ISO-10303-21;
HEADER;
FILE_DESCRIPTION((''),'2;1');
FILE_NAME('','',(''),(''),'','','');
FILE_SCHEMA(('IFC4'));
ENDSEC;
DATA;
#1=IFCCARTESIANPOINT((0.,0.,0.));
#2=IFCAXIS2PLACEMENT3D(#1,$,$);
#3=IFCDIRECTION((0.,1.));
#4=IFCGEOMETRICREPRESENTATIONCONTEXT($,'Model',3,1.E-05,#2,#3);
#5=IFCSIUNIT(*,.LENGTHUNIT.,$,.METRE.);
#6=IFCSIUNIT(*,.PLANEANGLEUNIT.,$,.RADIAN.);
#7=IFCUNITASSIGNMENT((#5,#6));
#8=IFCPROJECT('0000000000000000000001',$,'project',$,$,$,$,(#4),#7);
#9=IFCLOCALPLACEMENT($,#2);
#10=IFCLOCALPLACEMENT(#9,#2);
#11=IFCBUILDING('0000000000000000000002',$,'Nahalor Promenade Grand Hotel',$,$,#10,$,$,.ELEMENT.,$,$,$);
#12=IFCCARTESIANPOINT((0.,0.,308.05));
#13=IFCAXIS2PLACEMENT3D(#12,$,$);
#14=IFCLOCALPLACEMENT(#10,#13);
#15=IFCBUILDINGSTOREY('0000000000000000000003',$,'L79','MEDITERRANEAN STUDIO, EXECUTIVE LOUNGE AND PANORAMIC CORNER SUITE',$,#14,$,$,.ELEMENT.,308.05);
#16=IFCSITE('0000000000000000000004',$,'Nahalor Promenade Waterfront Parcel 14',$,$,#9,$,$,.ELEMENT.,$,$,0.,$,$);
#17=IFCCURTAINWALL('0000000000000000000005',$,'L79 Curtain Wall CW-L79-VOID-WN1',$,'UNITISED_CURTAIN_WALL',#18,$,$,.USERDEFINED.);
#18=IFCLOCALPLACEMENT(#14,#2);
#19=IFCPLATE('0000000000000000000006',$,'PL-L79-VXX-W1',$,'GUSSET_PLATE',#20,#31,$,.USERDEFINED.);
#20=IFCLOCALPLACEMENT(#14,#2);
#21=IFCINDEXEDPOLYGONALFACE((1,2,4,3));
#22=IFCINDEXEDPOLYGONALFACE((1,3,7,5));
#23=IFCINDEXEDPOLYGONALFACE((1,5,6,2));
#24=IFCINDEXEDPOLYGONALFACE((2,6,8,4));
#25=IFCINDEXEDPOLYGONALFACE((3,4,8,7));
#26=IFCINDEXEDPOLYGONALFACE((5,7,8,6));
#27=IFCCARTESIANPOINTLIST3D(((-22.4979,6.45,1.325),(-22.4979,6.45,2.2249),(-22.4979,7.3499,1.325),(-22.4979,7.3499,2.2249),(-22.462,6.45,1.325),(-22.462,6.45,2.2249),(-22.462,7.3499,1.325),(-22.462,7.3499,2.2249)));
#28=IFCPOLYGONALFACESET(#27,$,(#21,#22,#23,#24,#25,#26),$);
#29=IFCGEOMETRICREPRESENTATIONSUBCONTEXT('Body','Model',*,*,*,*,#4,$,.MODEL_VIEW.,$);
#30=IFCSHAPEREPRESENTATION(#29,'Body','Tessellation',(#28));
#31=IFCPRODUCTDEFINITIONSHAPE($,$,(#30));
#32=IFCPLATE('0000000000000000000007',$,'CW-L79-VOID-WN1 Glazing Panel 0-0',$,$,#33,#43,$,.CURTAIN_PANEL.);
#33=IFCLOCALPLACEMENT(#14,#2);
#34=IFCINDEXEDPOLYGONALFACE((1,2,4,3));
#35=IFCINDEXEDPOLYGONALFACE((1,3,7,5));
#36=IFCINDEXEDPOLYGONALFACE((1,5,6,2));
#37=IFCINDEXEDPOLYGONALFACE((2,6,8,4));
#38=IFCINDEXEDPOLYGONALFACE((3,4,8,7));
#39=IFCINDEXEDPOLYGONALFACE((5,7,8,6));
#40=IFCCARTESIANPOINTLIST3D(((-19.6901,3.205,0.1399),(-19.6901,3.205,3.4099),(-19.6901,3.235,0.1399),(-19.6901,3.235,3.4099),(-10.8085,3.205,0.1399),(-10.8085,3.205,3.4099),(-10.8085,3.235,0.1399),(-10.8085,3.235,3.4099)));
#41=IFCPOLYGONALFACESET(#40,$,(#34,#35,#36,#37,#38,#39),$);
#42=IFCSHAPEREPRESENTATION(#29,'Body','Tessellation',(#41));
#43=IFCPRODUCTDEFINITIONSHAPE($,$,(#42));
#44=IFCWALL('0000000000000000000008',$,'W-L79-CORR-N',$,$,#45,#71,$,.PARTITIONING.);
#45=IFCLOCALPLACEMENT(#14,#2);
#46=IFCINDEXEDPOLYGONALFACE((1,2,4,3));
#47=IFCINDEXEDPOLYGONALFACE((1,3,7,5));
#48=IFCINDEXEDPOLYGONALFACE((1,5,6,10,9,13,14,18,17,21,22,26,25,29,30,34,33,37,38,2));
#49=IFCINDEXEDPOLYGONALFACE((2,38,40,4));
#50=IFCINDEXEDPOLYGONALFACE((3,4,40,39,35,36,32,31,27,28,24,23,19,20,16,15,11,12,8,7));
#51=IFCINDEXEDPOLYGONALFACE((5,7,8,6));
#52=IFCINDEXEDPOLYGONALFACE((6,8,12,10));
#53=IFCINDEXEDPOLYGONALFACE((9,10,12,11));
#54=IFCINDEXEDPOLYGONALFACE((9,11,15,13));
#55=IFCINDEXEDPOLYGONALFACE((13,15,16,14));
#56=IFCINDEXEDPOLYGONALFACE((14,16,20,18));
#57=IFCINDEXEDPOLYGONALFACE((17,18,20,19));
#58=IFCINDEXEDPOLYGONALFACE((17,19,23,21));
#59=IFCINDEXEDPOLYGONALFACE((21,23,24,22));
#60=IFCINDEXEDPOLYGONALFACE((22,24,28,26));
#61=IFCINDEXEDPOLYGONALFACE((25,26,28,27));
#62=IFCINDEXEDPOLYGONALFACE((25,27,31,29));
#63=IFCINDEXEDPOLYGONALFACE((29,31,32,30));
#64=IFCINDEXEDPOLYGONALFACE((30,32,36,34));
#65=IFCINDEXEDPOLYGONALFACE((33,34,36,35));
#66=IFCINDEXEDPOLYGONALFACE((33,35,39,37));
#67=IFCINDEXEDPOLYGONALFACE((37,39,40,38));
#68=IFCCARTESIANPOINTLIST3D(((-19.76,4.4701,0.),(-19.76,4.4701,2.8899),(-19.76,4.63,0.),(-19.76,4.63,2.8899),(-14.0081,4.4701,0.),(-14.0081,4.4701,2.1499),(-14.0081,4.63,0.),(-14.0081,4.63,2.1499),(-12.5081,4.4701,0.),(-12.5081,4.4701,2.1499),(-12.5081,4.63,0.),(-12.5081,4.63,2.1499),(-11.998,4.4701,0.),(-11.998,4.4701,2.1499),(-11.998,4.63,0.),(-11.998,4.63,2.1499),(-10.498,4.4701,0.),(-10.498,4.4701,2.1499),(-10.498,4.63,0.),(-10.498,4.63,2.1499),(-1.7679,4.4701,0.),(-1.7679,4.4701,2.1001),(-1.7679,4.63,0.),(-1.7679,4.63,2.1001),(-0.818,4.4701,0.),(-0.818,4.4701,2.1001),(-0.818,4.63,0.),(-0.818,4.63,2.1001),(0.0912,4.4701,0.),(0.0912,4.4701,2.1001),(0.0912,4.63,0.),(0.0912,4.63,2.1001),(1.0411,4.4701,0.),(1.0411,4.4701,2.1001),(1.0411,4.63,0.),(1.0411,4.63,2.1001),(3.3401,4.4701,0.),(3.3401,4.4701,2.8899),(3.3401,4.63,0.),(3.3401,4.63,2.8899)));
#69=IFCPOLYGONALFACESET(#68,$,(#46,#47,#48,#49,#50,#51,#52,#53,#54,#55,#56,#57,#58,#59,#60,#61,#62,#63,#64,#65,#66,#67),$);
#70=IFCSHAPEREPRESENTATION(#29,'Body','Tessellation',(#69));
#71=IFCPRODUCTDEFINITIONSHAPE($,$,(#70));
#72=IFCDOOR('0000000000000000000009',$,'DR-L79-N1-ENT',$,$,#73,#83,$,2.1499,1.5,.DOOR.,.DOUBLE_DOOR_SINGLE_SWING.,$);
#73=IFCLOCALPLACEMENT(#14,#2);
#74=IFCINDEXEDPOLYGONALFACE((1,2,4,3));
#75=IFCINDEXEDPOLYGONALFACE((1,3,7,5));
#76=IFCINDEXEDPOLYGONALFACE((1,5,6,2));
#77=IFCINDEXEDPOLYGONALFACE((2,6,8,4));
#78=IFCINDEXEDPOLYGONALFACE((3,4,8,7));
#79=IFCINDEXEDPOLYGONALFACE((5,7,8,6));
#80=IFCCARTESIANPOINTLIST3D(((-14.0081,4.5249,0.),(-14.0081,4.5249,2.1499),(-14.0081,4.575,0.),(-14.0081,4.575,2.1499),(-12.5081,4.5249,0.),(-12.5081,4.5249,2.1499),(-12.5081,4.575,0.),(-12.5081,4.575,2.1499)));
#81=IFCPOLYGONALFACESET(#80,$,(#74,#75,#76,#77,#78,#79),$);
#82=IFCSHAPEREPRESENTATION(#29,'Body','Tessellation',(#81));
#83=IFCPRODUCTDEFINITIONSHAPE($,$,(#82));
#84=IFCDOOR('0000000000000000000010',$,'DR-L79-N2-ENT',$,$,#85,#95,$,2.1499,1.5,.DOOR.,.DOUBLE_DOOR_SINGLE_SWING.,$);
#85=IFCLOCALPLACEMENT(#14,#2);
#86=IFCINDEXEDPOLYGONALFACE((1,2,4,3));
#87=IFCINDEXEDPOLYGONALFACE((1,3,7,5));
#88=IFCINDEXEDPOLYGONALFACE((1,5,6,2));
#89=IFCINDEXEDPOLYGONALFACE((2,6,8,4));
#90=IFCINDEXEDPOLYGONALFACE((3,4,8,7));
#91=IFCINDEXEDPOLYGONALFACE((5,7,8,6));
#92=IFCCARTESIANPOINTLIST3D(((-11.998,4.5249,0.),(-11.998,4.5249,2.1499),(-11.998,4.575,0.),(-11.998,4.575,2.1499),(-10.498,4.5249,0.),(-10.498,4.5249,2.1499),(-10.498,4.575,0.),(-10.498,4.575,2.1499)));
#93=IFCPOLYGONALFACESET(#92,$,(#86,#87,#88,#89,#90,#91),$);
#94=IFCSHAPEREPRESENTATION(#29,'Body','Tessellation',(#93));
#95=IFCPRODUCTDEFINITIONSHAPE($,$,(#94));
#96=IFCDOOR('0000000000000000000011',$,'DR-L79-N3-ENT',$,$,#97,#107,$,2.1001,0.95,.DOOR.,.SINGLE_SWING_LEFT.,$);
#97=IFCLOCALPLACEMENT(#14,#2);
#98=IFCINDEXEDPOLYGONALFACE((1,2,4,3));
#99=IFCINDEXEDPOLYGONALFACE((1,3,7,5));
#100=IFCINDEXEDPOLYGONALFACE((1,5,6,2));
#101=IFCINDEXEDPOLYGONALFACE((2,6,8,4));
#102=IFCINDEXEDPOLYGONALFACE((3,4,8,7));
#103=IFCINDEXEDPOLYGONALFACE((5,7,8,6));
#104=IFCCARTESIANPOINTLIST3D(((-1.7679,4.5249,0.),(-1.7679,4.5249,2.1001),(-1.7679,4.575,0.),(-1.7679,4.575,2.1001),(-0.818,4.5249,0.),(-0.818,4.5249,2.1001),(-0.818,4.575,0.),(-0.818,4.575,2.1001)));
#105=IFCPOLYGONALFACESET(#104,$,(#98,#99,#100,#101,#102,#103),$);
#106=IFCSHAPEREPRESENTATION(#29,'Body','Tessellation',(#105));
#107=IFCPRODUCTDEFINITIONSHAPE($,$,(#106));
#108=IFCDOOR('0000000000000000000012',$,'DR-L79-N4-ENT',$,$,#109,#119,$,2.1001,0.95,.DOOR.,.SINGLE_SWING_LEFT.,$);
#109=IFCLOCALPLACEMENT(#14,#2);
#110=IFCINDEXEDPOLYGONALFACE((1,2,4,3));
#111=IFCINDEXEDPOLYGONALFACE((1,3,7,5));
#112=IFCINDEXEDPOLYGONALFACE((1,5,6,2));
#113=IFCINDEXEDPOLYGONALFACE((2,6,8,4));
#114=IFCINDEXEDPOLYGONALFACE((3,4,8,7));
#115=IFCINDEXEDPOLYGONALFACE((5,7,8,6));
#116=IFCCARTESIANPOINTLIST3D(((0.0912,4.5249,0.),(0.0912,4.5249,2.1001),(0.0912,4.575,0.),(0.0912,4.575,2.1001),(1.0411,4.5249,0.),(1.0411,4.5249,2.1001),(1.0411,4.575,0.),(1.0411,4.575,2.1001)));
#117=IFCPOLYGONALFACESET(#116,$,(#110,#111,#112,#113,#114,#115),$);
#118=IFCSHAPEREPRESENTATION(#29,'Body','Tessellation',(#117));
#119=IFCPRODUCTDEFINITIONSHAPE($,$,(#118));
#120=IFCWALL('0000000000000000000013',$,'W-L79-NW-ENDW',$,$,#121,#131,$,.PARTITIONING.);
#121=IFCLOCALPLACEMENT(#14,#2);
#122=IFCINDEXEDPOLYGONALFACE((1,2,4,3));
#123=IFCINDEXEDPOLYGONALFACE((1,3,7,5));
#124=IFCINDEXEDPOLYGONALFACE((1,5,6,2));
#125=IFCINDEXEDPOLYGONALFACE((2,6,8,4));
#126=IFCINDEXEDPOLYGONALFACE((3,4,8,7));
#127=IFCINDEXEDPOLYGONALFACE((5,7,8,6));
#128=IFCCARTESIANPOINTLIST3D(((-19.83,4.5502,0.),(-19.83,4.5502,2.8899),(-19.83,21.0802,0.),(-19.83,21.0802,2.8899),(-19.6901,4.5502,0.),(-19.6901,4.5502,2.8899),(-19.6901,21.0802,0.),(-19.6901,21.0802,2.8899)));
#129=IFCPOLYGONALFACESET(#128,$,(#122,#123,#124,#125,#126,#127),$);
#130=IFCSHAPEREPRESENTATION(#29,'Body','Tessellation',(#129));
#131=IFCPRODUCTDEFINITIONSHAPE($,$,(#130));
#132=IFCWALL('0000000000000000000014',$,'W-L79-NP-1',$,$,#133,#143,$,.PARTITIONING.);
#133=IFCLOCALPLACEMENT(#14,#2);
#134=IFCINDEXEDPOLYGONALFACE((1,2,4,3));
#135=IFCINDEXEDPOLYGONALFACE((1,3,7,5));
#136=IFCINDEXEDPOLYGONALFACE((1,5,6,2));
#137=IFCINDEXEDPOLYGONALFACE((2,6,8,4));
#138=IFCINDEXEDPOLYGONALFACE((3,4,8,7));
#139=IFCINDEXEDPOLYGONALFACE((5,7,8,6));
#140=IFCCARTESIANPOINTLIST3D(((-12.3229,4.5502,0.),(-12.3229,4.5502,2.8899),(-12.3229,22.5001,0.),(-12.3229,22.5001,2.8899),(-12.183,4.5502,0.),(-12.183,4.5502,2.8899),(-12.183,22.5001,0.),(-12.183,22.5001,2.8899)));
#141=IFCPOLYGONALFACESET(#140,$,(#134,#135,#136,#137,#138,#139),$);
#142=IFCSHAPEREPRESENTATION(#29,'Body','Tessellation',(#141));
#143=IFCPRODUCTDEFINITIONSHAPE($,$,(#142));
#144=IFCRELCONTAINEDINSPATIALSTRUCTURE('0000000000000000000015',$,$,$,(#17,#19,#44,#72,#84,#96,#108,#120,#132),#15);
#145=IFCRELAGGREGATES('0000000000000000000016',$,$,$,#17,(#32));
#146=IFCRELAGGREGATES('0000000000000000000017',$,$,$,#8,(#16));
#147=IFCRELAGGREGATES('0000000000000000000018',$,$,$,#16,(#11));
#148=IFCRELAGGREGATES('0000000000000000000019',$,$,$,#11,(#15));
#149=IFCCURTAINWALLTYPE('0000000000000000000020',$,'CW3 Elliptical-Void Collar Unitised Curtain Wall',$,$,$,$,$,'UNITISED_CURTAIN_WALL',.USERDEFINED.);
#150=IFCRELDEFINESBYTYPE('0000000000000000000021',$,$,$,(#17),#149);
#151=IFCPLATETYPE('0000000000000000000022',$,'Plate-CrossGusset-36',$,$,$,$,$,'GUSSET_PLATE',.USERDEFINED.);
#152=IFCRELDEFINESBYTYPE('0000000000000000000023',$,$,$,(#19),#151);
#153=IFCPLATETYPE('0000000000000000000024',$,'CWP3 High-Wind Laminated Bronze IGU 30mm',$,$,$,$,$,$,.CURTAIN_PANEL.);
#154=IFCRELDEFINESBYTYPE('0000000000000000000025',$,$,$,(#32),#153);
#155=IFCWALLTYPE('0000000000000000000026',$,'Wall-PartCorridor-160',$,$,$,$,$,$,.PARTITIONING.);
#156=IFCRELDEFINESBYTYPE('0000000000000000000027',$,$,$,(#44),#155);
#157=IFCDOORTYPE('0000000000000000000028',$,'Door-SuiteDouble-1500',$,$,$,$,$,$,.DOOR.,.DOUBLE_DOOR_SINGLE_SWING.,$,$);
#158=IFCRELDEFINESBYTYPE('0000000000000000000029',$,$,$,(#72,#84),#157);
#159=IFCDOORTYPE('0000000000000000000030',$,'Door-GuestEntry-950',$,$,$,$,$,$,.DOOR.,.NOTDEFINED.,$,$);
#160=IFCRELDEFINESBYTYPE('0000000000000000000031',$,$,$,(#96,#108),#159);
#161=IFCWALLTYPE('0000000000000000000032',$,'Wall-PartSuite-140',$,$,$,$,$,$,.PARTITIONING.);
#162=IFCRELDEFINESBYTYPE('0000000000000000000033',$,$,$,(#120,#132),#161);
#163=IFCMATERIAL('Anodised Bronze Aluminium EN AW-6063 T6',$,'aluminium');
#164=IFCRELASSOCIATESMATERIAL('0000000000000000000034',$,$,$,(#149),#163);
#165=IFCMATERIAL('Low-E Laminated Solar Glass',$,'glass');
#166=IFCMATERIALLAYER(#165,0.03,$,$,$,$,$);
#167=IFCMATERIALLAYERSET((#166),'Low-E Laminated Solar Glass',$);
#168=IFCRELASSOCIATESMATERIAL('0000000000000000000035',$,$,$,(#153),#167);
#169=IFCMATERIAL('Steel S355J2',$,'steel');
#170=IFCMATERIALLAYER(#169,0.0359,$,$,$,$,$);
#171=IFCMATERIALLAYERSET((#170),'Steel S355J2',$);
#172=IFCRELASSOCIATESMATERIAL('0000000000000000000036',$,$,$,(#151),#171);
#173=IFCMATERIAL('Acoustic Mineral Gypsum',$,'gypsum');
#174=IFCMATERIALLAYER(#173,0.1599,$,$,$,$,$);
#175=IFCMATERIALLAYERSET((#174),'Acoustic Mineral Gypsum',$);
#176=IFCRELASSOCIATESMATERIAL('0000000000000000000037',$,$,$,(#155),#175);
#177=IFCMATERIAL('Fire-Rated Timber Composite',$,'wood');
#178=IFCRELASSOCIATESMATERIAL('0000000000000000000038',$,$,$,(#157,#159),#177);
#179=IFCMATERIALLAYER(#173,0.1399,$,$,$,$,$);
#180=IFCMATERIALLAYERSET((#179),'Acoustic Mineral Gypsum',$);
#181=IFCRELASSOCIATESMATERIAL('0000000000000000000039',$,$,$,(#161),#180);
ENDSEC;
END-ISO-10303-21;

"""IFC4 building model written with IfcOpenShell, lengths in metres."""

from ifc_helpers import new_model, si_unit, direction, frame, frame_2d, origin, origin_2d, place, context, subcontext, project, spatial, rectangle, extrude, source, transform, mapped, material, layer, layer_set, type_object, element, fill, aggregate, save


model = new_model("IFC4")

# Units and contexts
model_context = context("Model", 3, precision=1e-05, world=origin(), true_north=direction((0.0, 1.0)))
body_context = subcontext(model_context, "Body", "Model", "MODEL_VIEW")
ifc_project = project(units=[si_unit("LENGTHUNIT", "METRE"), si_unit("PLANEANGLEUNIT", "RADIAN")], contexts=[model_context])

# Site, building, storey
site_placement = place(None, origin())
site = spatial("IfcSite", under=ifc_project, at=site_placement, Name="Nahalor Promenade Waterfront Parcel 14", CompositionType="ELEMENT", RefElevation=0.0)
building_placement = place(site_placement, origin())
building = spatial("IfcBuilding", under=site, at=building_placement, Name="Nahalor Promenade Grand Hotel", CompositionType="ELEMENT")
storey_placement = place(building_placement, frame((0.0, 0.0, 308.05)))
storey = spatial("IfcBuildingStorey", under=building, at=storey_placement, Name="L79", Description="MEDITERRANEAN STUDIO, EXECUTIVE LOUNGE AND PANORAMIC CORNER SUITE", CompositionType="ELEMENT", Elevation=308.05)

# Curtain wall
ifc_material_1 = material(Name="Anodised Bronze Aluminium EN AW-6063 T6", Category="aluminium")
curtain_wall_type = type_object("IfcCurtainWallType", Name="CW3 Elliptical-Void Collar Unitised Curtain Wall", ElementType="UNITISED_CURTAIN_WALL", PredefinedType="USERDEFINED", material=ifc_material_1)
curtain_wall_1_placement = place(storey_placement, origin())
curtain_wall_1 = element("IfcCurtainWall", 1, at=curtain_wall_1_placement, inside=storey, type_object=curtain_wall_type, Name="L79 Curtain Wall CW-L79-VOID-WN1", ObjectType="UNITISED_CURTAIN_WALL", PredefinedType="USERDEFINED")

# Plates
ifc_material_2 = material(Name="Low-E Laminated Solar Glass", Category="glass")
ifc_layer_1 = layer(ifc_material_2, 0.03)
ifc_layer_set_1 = layer_set([ifc_layer_1], Name="Low-E Laminated Solar Glass")
plate_type_1 = type_object("IfcPlateType", Name="CWP3 High-Wind Laminated Bronze IGU 30mm", PredefinedType="CURTAIN_PANEL", material=ifc_layer_set_1)
ifc_material_3 = material(Name="Steel S355J2", Category="steel")
ifc_layer_2 = layer(ifc_material_3, 0.0359)
ifc_layer_set_2 = layer_set([ifc_layer_2], Name="Steel S355J2")
plate_type_2 = type_object("IfcPlateType", Name="Plate-CrossGusset-36", ElementType="GUSSET_PLATE", PredefinedType="USERDEFINED", material=ifc_layer_set_2)
shared_shape_1 = source(origin(), body_context, "Body", "SweptSolid", [
    extrude(rectangle(XDim=0.8999, YDim=0.0359, at=origin_2d()), origin(), (0.0, 0.0, 1.0), 0.8999),
])
plate_1_placement = place(storey_placement, frame((-22.48, 6.8999, 1.325), z_axis=(0.0, 0.0, 1.0), x_axis=(0.0, 1.0, 0.0)))
element("IfcPlate", 2, at=plate_1_placement, inside=storey, type_object=plate_type_2, Name="PL-L79-VXX-W1", ObjectType="GUSSET_PLATE", PredefinedType="USERDEFINED", context=body_context, shape_type="MappedRepresentation", body=[
    mapped(shared_shape_1, transform((0.0, 0.0, 0.0), scale=1.0)),
])
shared_shape_2 = source(origin(), body_context, "Body", "SweptSolid", [
    extrude(rectangle(XDim=8.8816, YDim=0.03, at=origin_2d()), origin(), (0.0, 0.0, 1.0), 3.27),
])
plate_2_placement = place(storey_placement, frame((-15.2493, 3.22, 0.1399), z_axis=(0.0, 0.0, 1.0), x_axis=(1.0, 0.0, 0.0)))
plate_2 = element("IfcPlate", 3, at=plate_2_placement, type_object=plate_type_1, Name="CW-L79-VOID-WN1 Glazing Panel 0-0", PredefinedType="CURTAIN_PANEL", context=body_context, shape_type="MappedRepresentation", body=[
    mapped(shared_shape_2, transform((0.0, 0.0, 0.0), scale=1.0)),
])
aggregate(curtain_wall_1, [plate_2])

# Wall, openings, doors
ifc_material_4 = material(Name="Acoustic Mineral Gypsum", Category="gypsum")
ifc_layer_3 = layer(ifc_material_4, 0.1599)
ifc_layer_set_3 = layer_set([ifc_layer_3], Name="Acoustic Mineral Gypsum")
wall_type_1 = type_object("IfcWallType", Name="Wall-PartCorridor-160", PredefinedType="PARTITIONING", material=ifc_layer_set_3)
shared_shape_3 = source(origin(), body_context, "Body", "SweptSolid", [
    extrude(rectangle(XDim=23.1001, YDim=0.1599, at=frame_2d((11.55, 0.0))), origin(), (0.0, 0.0, 1.0), 2.8899),
])
wall_1_placement = place(storey_placement, frame((-19.76, 4.55, 0.0), z_axis=(0.0, 0.0, 1.0), x_axis=(1.0, 0.0, 0.0)))
wall_1 = element("IfcWall", 4, at=wall_1_placement, inside=storey, type_object=wall_type_1, Name="W-L79-CORR-N", PredefinedType="PARTITIONING", context=body_context, shape_type="MappedRepresentation", body=[
    mapped(shared_shape_3, transform((0.0, 0.0, 0.0), scale=1.0)),
])
opening_1_placement = place(wall_1_placement, frame((5.752, 0.0, 0.0)))
opening_1 = element("IfcOpeningElement", 5, at=opening_1_placement, cuts=wall_1, PredefinedType="OPENING", context=body_context, shape_type="SweptSolid", body=[
    extrude(rectangle(XDim=1.5, YDim=2.1499, at=frame_2d((0.75, 1.075))), frame((0.0, 0.0898, 0.0), z_axis=(0.0, -1.0, 0.0), x_axis=(1.0, 0.0, 0.0)), (0.0, 0.0, 1.0), 0.1799),
])
opening_2_placement = place(wall_1_placement, frame((7.762, 0.0, 0.0)))
opening_2 = element("IfcOpeningElement", 6, at=opening_2_placement, cuts=wall_1, PredefinedType="OPENING", context=body_context, shape_type="SweptSolid", body=[
    extrude(rectangle(XDim=1.5, YDim=2.1499, at=frame_2d((0.75, 1.075))), frame((0.0, 0.0898, 0.0), z_axis=(0.0, -1.0, 0.0), x_axis=(1.0, 0.0, 0.0)), (0.0, 0.0, 1.0), 0.1799),
])
opening_3_placement = place(wall_1_placement, frame((17.9919, 0.0, 0.0)))
opening_3 = element("IfcOpeningElement", 7, at=opening_3_placement, cuts=wall_1, PredefinedType="OPENING", context=body_context, shape_type="SweptSolid", body=[
    extrude(rectangle(XDim=0.95, YDim=2.1001, at=frame_2d((0.4751, 1.05))), frame((0.0, 0.0898, 0.0), z_axis=(0.0, -1.0, 0.0), x_axis=(1.0, 0.0, 0.0)), (0.0, 0.0, 1.0), 0.1799),
])
opening_4_placement = place(wall_1_placement, frame((19.8511, 0.0, 0.0)))
opening_4 = element("IfcOpeningElement", 8, at=opening_4_placement, cuts=wall_1, PredefinedType="OPENING", context=body_context, shape_type="SweptSolid", body=[
    extrude(rectangle(XDim=0.95, YDim=2.1001, at=frame_2d((0.4751, 1.05))), frame((0.0, 0.0898, 0.0), z_axis=(0.0, -1.0, 0.0), x_axis=(1.0, 0.0, 0.0)), (0.0, 0.0, 1.0), 0.1799),
])
ifc_material_5 = material(Name="Fire-Rated Timber Composite", Category="wood")
door_type_1 = type_object("IfcDoorType", Name="Door-SuiteDouble-1500", OperationType="DOUBLE_DOOR_SINGLE_SWING", PredefinedType="DOOR", material=ifc_material_5)
shared_shape_4 = source(origin(), body_context, "Body", "SweptSolid", [
    extrude(rectangle(XDim=1.5, YDim=2.1499, at=frame_2d((0.75, 1.075))), frame((0.0, 0.0249, 0.0), z_axis=(0.0, -1.0, 0.0), x_axis=(1.0, 0.0, 0.0)), (0.0, 0.0, 1.0), 0.05),
])
door_1_placement = place(opening_1_placement, origin())
door_1 = element("IfcDoor", 9, at=door_1_placement, inside=storey, type_object=door_type_1, Name="DR-L79-N1-ENT", OperationType="DOUBLE_DOOR_SINGLE_SWING", OverallHeight=2.1499, OverallWidth=1.5, PredefinedType="DOOR", context=body_context, shape_type="MappedRepresentation", body=[
    mapped(shared_shape_4, transform((0.0, 0.0, 0.0), scale=1.0)),
])
fill(opening_1, door_1)
door_2_placement = place(opening_2_placement, origin())
door_2 = element("IfcDoor", 10, at=door_2_placement, inside=storey, type_object=door_type_1, Name="DR-L79-N2-ENT", OperationType="DOUBLE_DOOR_SINGLE_SWING", OverallHeight=2.1499, OverallWidth=1.5, PredefinedType="DOOR", context=body_context, shape_type="MappedRepresentation", body=[
    mapped(shared_shape_4, transform((0.0, 0.0, 0.0), scale=1.0)),
])
fill(opening_2, door_2)
door_type_2 = type_object("IfcDoorType", Name="Door-GuestEntry-950", OperationType="NOTDEFINED", PredefinedType="DOOR", material=ifc_material_5)
shared_shape_5 = source(origin(), body_context, "Body", "SweptSolid", [
    extrude(rectangle(XDim=0.95, YDim=2.1001, at=frame_2d((0.4751, 1.05))), frame((0.0, 0.0249, 0.0), z_axis=(0.0, -1.0, 0.0), x_axis=(1.0, 0.0, 0.0)), (0.0, 0.0, 1.0), 0.05),
])
door_3_placement = place(opening_3_placement, origin())
door_3 = element("IfcDoor", 11, at=door_3_placement, inside=storey, type_object=door_type_2, Name="DR-L79-N3-ENT", OperationType="SINGLE_SWING_LEFT", OverallHeight=2.1001, OverallWidth=0.95, PredefinedType="DOOR", context=body_context, shape_type="MappedRepresentation", body=[
    mapped(shared_shape_5, transform((0.0, 0.0, 0.0), scale=1.0)),
])
fill(opening_3, door_3)
door_4_placement = place(opening_4_placement, origin())
door_4 = element("IfcDoor", 12, at=door_4_placement, inside=storey, type_object=door_type_2, Name="DR-L79-N4-ENT", OperationType="SINGLE_SWING_LEFT", OverallHeight=2.1001, OverallWidth=0.95, PredefinedType="DOOR", context=body_context, shape_type="MappedRepresentation", body=[
    mapped(shared_shape_5, transform((0.0, 0.0, 0.0), scale=1.0)),
])
fill(opening_4, door_4)

# Walls
ifc_layer_4 = layer(ifc_material_4, 0.1399)
ifc_layer_set_4 = layer_set([ifc_layer_4], Name="Acoustic Mineral Gypsum")
wall_type_2 = type_object("IfcWallType", Name="Wall-PartSuite-140", PredefinedType="PARTITIONING", material=ifc_layer_set_4)
shared_shape_6 = source(origin(), body_context, "Body", "SweptSolid", [
    extrude(rectangle(XDim=16.53, YDim=0.1399, at=frame_2d((8.2651, 0.0))), origin(), (0.0, 0.0, 1.0), 2.8899),
])
wall_2_placement = place(storey_placement, frame((-19.76, 4.55, 0.0), z_axis=(0.0, 0.0, 1.0), x_axis=(0.0, 1.0, 0.0)))
element("IfcWall", 13, at=wall_2_placement, inside=storey, type_object=wall_type_2, Name="W-L79-NW-ENDW", PredefinedType="PARTITIONING", context=body_context, shape_type="MappedRepresentation", body=[
    mapped(shared_shape_6, transform((0.0, 0.0, 0.0), scale=1.0)),
])
shared_shape_7 = source(origin(), body_context, "Body", "SweptSolid", [
    extrude(rectangle(XDim=17.95, YDim=0.1399, at=frame_2d((8.9751, 0.0))), origin(), (0.0, 0.0, 1.0), 2.8899),
])
wall_3_placement = place(storey_placement, frame((-12.2529, 4.55, 0.0), z_axis=(0.0, 0.0, 1.0), x_axis=(0.0, 1.0, 0.0)))
element("IfcWall", 14, at=wall_3_placement, inside=storey, type_object=wall_type_2, Name="W-L79-NP-1", PredefinedType="PARTITIONING", context=body_context, shape_type="MappedRepresentation", body=[
    mapped(shared_shape_7, transform((0.0, 0.0, 0.0), scale=1.0)),
])

save(model, "model.ifc")
